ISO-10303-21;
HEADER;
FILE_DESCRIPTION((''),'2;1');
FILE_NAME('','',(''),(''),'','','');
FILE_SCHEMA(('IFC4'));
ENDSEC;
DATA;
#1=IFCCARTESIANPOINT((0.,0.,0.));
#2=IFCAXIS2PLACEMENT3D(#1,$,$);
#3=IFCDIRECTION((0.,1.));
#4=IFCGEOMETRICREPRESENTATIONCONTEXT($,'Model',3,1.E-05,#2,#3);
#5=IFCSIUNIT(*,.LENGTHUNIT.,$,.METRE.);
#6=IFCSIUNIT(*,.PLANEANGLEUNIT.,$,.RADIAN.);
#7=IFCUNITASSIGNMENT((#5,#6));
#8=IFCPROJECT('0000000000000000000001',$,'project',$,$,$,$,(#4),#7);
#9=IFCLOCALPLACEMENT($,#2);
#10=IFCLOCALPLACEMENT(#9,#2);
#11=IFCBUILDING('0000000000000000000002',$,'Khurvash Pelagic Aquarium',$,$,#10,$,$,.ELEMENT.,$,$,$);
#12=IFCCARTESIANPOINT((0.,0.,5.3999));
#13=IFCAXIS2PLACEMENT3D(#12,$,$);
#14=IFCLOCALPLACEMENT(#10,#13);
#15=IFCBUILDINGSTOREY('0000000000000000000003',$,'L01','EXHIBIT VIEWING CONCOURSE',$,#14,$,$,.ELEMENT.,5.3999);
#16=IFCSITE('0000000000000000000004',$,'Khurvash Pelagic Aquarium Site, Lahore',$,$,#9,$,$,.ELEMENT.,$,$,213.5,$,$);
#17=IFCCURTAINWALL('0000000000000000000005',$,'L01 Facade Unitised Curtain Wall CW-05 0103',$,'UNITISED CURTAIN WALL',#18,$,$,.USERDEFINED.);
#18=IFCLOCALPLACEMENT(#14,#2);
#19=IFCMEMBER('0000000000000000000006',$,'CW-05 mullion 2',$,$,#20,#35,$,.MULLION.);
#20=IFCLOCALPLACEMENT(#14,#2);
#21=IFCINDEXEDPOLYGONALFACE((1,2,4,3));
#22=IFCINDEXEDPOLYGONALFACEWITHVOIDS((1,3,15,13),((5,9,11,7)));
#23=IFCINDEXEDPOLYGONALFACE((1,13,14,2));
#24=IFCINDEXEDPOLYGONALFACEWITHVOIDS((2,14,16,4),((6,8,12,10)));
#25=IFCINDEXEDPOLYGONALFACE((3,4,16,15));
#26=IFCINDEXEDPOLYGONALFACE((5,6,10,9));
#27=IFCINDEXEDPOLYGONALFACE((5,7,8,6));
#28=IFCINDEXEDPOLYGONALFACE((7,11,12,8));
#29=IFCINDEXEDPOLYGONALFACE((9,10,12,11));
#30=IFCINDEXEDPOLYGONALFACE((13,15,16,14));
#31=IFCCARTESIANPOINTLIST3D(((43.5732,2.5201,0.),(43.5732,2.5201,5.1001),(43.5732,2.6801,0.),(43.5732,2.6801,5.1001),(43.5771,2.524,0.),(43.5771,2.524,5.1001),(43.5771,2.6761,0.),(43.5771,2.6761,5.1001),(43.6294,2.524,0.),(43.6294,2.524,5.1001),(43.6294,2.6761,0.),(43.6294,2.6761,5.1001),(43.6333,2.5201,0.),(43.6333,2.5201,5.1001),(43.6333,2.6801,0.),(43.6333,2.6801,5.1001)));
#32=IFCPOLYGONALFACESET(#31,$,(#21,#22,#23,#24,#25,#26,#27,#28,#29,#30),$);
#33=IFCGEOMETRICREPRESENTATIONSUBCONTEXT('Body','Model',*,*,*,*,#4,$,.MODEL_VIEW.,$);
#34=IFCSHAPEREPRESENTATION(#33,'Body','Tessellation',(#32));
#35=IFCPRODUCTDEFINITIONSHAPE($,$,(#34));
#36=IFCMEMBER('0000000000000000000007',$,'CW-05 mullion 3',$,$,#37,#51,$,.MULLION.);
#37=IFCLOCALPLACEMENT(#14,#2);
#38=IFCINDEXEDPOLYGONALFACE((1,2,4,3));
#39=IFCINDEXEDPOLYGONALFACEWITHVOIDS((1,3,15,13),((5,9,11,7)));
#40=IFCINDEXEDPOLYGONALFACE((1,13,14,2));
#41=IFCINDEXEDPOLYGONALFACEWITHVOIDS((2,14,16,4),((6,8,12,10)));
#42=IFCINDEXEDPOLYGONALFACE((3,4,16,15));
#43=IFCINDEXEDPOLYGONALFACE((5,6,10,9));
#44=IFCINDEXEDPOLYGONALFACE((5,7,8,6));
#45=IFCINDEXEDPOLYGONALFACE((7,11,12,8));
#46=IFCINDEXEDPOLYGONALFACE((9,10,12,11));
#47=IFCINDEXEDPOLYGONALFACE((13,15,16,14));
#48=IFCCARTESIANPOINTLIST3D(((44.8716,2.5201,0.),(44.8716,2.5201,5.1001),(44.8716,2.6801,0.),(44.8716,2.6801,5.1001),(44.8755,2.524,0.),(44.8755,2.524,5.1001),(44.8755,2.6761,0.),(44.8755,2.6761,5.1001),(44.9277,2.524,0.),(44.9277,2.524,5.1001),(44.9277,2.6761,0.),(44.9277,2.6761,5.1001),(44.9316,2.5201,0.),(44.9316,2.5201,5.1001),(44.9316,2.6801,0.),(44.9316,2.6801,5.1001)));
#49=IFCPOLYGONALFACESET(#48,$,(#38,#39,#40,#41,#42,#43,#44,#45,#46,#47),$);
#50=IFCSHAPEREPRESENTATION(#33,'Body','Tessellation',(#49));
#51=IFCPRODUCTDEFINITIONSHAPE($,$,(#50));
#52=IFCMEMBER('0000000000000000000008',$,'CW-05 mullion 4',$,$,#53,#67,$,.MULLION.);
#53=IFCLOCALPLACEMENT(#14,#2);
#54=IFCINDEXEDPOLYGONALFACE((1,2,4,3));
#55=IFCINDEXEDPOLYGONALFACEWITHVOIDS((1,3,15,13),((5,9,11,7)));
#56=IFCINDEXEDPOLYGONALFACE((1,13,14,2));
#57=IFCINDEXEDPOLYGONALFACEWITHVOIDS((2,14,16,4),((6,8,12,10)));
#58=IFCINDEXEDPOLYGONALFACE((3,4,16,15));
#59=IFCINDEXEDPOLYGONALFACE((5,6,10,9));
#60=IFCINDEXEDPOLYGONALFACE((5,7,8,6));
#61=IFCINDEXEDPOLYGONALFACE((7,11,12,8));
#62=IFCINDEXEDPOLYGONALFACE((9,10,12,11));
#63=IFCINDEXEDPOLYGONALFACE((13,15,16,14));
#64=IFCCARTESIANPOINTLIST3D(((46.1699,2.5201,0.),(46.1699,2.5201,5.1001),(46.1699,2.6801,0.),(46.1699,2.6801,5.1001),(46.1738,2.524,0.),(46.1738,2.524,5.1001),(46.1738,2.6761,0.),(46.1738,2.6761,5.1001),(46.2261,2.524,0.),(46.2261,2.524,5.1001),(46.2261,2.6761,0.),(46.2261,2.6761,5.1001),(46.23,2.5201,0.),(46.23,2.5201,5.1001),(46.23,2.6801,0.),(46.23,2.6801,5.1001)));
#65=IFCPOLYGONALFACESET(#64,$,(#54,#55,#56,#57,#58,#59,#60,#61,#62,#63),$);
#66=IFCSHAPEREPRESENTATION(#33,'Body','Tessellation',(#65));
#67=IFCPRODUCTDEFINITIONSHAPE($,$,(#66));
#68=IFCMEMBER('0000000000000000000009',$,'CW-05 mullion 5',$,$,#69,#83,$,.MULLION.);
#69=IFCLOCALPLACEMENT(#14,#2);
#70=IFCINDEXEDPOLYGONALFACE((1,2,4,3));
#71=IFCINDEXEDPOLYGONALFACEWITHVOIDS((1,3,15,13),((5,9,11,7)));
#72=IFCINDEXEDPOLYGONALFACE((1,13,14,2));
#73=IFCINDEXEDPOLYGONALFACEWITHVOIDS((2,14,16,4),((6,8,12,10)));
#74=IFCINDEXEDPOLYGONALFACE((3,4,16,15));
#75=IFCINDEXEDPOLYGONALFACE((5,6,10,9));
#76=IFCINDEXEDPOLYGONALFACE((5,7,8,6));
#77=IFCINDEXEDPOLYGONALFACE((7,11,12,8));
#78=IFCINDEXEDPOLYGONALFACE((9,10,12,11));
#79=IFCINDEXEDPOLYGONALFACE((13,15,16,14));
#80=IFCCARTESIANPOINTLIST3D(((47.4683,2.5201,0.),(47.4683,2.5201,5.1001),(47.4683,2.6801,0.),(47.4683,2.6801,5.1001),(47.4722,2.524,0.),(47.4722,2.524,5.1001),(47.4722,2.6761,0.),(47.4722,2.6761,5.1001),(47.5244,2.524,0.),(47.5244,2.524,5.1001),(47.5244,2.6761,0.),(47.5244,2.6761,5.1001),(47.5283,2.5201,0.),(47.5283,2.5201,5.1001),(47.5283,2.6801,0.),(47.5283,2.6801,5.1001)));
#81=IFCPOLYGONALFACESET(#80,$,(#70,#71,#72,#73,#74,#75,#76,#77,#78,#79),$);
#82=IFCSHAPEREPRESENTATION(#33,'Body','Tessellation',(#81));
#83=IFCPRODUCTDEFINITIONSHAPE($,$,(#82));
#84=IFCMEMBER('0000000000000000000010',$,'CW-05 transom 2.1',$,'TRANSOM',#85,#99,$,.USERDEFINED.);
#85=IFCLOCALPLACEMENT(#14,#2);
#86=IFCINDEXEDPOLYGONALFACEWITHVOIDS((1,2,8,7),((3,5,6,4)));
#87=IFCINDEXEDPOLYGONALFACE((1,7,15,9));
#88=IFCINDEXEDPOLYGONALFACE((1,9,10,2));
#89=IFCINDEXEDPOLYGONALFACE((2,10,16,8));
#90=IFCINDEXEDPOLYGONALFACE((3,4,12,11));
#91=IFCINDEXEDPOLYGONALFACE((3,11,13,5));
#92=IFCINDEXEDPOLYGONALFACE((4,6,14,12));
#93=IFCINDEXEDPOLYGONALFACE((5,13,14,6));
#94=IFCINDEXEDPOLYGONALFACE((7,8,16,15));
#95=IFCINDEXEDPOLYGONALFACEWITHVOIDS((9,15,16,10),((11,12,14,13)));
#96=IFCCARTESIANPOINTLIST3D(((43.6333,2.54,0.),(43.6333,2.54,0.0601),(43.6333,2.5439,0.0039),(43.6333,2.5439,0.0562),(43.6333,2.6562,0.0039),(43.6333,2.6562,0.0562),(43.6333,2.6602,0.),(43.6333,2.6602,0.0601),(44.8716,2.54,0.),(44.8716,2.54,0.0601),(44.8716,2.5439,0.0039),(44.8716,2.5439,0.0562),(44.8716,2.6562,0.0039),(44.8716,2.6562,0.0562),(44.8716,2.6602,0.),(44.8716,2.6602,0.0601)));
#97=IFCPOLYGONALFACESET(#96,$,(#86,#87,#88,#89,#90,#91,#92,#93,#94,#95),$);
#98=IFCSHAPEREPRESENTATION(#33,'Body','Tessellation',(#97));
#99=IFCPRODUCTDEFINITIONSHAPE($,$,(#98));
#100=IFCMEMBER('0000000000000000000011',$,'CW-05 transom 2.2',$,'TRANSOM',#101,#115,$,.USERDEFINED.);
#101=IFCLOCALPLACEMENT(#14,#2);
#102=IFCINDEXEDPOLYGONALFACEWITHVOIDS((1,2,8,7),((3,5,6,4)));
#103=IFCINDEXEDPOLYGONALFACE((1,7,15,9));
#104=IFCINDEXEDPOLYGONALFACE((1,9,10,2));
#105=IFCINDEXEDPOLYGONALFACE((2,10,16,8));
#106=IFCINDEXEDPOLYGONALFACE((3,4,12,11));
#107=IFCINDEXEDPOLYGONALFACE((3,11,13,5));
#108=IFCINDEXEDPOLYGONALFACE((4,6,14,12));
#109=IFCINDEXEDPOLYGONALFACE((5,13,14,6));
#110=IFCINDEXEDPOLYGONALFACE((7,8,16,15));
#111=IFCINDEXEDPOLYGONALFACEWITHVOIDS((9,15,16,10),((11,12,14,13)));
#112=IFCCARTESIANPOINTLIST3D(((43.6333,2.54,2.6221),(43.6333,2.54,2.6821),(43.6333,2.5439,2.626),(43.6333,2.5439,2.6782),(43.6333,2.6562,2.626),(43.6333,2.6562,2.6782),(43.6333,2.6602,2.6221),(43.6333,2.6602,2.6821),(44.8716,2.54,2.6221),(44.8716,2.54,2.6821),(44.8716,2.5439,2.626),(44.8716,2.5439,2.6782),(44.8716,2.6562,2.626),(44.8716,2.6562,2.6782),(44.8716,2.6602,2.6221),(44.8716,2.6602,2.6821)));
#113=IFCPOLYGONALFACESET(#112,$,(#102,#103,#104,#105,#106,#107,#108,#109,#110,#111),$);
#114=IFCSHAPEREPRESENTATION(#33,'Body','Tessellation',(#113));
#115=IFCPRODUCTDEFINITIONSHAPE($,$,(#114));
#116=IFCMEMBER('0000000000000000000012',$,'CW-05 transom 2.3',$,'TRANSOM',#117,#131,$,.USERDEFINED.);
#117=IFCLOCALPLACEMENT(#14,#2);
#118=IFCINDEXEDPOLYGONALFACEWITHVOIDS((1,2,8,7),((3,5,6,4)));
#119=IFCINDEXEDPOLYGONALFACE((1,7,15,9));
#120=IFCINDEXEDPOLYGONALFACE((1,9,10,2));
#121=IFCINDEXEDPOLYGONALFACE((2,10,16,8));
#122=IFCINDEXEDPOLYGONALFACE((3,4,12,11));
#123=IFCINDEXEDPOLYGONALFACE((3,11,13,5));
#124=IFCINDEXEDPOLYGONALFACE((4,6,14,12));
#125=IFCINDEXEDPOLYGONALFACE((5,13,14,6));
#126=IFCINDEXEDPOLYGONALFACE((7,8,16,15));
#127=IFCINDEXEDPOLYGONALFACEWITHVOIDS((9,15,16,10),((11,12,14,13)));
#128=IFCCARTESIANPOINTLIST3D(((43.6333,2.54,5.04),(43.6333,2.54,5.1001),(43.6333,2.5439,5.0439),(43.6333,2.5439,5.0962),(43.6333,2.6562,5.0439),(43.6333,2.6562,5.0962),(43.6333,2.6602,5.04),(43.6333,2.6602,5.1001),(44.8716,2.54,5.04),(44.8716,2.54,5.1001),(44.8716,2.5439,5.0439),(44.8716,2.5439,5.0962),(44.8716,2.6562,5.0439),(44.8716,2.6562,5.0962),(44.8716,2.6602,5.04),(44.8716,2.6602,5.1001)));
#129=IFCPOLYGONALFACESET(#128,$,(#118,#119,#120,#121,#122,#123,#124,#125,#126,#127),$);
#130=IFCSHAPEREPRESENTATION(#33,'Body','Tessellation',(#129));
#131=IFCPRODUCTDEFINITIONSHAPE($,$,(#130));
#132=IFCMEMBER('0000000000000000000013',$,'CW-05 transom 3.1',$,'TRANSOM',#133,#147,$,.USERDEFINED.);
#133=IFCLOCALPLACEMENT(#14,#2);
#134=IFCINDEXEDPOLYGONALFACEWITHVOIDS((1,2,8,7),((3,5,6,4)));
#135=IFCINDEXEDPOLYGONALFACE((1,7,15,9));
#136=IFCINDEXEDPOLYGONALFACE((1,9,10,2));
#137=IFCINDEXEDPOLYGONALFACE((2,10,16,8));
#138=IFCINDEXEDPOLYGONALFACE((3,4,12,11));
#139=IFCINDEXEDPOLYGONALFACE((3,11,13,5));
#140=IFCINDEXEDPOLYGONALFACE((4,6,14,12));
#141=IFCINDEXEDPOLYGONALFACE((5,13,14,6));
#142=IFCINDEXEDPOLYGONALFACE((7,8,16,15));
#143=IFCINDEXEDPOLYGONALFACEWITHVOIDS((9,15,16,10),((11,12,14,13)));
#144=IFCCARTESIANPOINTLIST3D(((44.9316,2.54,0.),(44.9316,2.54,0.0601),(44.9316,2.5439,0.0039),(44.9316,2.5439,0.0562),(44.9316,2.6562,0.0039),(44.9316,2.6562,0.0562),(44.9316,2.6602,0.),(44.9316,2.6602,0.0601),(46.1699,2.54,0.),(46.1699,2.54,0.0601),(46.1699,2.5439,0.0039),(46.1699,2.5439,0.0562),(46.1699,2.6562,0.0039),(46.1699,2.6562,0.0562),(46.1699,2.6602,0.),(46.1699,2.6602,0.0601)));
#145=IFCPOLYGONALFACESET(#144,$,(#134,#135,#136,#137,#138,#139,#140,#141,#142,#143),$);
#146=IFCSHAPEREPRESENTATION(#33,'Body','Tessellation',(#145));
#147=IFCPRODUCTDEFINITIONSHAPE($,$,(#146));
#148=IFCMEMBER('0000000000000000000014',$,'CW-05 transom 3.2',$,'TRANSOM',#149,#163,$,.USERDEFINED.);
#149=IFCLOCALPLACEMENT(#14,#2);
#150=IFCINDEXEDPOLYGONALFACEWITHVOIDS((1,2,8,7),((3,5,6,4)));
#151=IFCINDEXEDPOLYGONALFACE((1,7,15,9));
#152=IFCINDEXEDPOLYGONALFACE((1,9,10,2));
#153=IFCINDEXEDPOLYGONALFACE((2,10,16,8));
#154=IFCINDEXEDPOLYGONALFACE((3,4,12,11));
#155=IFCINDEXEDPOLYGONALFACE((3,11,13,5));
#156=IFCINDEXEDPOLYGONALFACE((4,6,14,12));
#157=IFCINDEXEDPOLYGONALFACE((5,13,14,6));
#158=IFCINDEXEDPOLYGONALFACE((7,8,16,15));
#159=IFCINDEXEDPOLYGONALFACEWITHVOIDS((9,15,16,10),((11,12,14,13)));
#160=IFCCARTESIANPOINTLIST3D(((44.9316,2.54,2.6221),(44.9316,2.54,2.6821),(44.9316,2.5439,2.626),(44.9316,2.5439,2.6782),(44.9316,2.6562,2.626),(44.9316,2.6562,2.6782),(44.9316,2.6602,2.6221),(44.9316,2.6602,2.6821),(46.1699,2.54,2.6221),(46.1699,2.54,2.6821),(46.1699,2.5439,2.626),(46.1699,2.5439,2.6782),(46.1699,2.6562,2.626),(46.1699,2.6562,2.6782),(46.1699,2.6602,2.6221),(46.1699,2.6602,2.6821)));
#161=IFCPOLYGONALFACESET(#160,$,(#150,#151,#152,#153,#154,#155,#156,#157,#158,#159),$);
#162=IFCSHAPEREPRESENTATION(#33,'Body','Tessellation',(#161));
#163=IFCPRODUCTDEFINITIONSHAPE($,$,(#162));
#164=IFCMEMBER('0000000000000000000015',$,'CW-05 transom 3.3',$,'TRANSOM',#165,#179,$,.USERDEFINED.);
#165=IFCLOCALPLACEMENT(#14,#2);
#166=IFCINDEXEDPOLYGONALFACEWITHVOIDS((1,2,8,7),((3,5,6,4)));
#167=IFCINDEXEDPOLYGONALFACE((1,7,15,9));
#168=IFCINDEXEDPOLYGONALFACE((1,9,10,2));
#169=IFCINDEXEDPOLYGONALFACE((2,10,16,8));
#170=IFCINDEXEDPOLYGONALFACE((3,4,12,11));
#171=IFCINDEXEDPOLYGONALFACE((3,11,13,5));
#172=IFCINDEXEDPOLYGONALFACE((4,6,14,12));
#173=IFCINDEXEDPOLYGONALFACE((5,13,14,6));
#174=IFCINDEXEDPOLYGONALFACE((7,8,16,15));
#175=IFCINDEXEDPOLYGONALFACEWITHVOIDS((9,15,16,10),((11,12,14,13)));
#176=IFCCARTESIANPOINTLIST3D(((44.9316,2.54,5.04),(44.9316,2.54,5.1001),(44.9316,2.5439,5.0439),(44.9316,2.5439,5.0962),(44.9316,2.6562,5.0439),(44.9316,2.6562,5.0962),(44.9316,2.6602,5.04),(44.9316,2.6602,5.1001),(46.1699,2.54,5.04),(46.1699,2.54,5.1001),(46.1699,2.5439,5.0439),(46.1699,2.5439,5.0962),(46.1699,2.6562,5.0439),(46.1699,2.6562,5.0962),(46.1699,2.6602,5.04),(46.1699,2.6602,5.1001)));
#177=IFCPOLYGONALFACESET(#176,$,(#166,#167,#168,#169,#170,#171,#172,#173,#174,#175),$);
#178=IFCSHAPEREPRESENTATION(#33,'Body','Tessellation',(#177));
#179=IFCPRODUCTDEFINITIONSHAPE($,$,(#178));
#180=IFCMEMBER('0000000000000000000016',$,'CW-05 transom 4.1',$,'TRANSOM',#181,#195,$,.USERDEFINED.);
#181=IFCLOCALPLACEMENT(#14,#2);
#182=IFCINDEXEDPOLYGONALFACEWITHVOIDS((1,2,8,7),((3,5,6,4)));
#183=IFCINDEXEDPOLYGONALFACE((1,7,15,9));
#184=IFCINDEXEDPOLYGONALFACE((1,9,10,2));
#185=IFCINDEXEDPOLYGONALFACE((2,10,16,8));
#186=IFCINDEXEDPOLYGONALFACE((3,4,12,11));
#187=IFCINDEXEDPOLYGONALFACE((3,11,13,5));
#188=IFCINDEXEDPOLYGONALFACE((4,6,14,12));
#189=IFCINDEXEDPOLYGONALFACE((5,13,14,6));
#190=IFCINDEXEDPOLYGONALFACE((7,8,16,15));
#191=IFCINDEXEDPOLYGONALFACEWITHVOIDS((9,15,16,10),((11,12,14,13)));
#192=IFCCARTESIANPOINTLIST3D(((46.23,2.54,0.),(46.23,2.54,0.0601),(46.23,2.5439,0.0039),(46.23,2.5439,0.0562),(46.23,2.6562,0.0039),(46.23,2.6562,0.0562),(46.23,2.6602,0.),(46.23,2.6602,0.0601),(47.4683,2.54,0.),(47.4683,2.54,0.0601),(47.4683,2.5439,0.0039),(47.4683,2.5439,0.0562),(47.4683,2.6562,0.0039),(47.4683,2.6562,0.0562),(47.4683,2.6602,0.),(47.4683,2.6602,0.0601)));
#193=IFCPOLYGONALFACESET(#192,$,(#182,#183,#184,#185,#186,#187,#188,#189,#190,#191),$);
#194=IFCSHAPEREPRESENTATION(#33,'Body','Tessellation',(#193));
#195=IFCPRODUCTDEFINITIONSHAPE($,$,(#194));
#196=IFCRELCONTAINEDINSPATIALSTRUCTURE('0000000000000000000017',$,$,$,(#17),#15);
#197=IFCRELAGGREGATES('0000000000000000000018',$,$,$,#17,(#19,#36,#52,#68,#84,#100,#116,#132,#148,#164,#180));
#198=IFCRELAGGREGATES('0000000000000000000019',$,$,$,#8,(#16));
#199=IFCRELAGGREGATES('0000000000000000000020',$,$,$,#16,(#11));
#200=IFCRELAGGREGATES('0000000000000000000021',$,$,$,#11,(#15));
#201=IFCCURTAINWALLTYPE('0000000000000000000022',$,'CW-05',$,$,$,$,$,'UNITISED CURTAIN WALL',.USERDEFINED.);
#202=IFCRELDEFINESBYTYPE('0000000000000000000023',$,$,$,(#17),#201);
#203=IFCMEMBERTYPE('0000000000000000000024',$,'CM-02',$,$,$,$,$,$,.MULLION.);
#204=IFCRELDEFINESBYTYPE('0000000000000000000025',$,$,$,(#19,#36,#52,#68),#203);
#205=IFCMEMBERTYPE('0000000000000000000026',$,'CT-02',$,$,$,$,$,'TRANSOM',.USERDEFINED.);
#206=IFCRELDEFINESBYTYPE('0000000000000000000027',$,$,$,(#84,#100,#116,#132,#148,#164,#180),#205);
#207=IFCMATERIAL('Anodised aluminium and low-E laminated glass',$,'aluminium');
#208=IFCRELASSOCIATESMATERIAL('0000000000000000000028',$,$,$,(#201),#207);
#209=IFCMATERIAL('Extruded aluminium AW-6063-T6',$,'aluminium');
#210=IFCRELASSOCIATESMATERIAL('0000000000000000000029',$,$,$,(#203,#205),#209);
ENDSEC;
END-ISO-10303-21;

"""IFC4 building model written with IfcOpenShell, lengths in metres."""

from ifc_helpers import new_model, si_unit, direction, frame, origin, origin_2d, place, context, subcontext, project, spatial, hollow_rectangle, extrude, material, material_profile, profile_set, type_object, element, aggregate, save


model = new_model("IFC4")

# Units and contexts
model_context = context("Model", 3, precision=1e-05, world=origin(), true_north=direction((0.0, 1.0)))
body_context = subcontext(model_context, "Body", "Model", "MODEL_VIEW")
ifc_project = project(units=[si_unit("LENGTHUNIT", "METRE"), si_unit("PLANEANGLEUNIT", "RADIAN")], contexts=[model_context])

# Site, building, storey
site_placement = place(None, origin())
site = spatial("IfcSite", under=ifc_project, at=site_placement, Name="Khurvash Pelagic Aquarium Site, Lahore", CompositionType="ELEMENT", RefElevation=213.5)
building_placement = place(site_placement, origin())
building = spatial("IfcBuilding", under=site, at=building_placement, Name="Khurvash Pelagic Aquarium", CompositionType="ELEMENT")
storey_placement = place(building_placement, frame((0.0, 0.0, 5.3999)))
storey = spatial("IfcBuildingStorey", under=building, at=storey_placement, Name="L01", Description="EXHIBIT VIEWING CONCOURSE", CompositionType="ELEMENT", Elevation=5.3999)

# Curtain wall, members
ifc_material_1 = material(Name="Anodised aluminium and low-E laminated glass", Category="aluminium")
curtain_wall_type = type_object("IfcCurtainWallType", Name="CW-05", ElementType="UNITISED CURTAIN WALL", PredefinedType="USERDEFINED", material=ifc_material_1)
curtain_wall_placement = place(storey_placement, origin())
curtain_wall = element("IfcCurtainWall", 1, at=curtain_wall_placement, inside=storey, type_object=curtain_wall_type, Name="L01 Facade Unitised Curtain Wall CW-05 0103", ObjectType="UNITISED CURTAIN WALL", PredefinedType="USERDEFINED")
ifc_material_2 = material(Name="Extruded aluminium AW-6063-T6", Category="aluminium")
ifc_material_profile_1 = material_profile(ifc_material_2, hollow_rectangle(XDim=0.0601, YDim=0.1599, WallThickness=0.0039, at=origin_2d()), Name="CWM60X160X4")
ifc_profile_set_1 = profile_set([ifc_material_profile_1], Name="Extruded aluminium AW-6063-T6")
member_type_1 = type_object("IfcMemberType", Name="CM-02", PredefinedType="MULLION", material=ifc_profile_set_1)
member_1_placement = place(storey_placement, frame((43.6033, 2.6001, 0.0), z_axis=(0.0, 0.0, 1.0), x_axis=(1.0, 0.0, 0.0)))
member_1 = element("IfcMember", 2, at=member_1_placement, type_object=member_type_1, Name="CW-05 mullion 2", PredefinedType="MULLION", context=body_context, shape_type="SweptSolid", body=[
    extrude(hollow_rectangle(XDim=0.0601, YDim=0.1599, WallThickness=0.0039, at=origin_2d()), origin(), (0.0, 0.0, 1.0), 5.1001),
])
member_2_placement = place(storey_placement, frame((44.9016, 2.6001, 0.0), z_axis=(0.0, 0.0, 1.0), x_axis=(1.0, 0.0, 0.0)))
member_2 = element("IfcMember", 3, at=member_2_placement, type_object=member_type_1, Name="CW-05 mullion 3", PredefinedType="MULLION", context=body_context, shape_type="SweptSolid", body=[
    extrude(hollow_rectangle(XDim=0.0601, YDim=0.1599, WallThickness=0.0039, at=origin_2d()), origin(), (0.0, 0.0, 1.0), 5.1001),
])
member_3_placement = place(storey_placement, frame((46.2, 2.6001, 0.0), z_axis=(0.0, 0.0, 1.0), x_axis=(1.0, 0.0, 0.0)))
member_3 = element("IfcMember", 4, at=member_3_placement, type_object=member_type_1, Name="CW-05 mullion 4", PredefinedType="MULLION", context=body_context, shape_type="SweptSolid", body=[
    extrude(hollow_rectangle(XDim=0.0601, YDim=0.1599, WallThickness=0.0039, at=origin_2d()), origin(), (0.0, 0.0, 1.0), 5.1001),
])
member_4_placement = place(storey_placement, frame((47.4983, 2.6001, 0.0), z_axis=(0.0, 0.0, 1.0), x_axis=(1.0, 0.0, 0.0)))
member_4 = element("IfcMember", 5, at=member_4_placement, type_object=member_type_1, Name="CW-05 mullion 5", PredefinedType="MULLION", context=body_context, shape_type="SweptSolid", body=[
    extrude(hollow_rectangle(XDim=0.0601, YDim=0.1599, WallThickness=0.0039, at=origin_2d()), origin(), (0.0, 0.0, 1.0), 5.1001),
])
ifc_material_profile_2 = material_profile(ifc_material_2, hollow_rectangle(XDim=0.1201, YDim=0.0601, WallThickness=0.0039, at=origin_2d()), Name="CWT120X60X4")
ifc_profile_set_2 = profile_set([ifc_material_profile_2], Name="Extruded aluminium AW-6063-T6")
member_type_2 = type_object("IfcMemberType", Name="CT-02", ElementType="TRANSOM", PredefinedType="USERDEFINED", material=ifc_profile_set_2)
member_5_placement = place(storey_placement, frame((43.6333, 2.6001, 0.03), z_axis=(1.0, 0.0, 0.0), x_axis=(0.0, 1.0, 0.0)))
member_5 = element("IfcMember", 6, at=member_5_placement, type_object=member_type_2, Name="CW-05 transom 2.1", ObjectType="TRANSOM", PredefinedType="USERDEFINED", context=body_context, shape_type="SweptSolid", body=[
    extrude(hollow_rectangle(XDim=0.1201, YDim=0.0601, WallThickness=0.0039, at=origin_2d()), origin(), (0.0, 0.0, 1.0), 1.2383),
])
member_6_placement = place(storey_placement, frame((43.6333, 2.6001, 2.6521), z_axis=(1.0, 0.0, 0.0), x_axis=(0.0, 1.0, 0.0)))
member_6 = element("IfcMember", 7, at=member_6_placement, type_object=member_type_2, Name="CW-05 transom 2.2", ObjectType="TRANSOM", PredefinedType="USERDEFINED", context=body_context, shape_type="SweptSolid", body=[
    extrude(hollow_rectangle(XDim=0.1201, YDim=0.0601, WallThickness=0.0039, at=origin_2d()), origin(), (0.0, 0.0, 1.0), 1.2383),
])
member_7_placement = place(storey_placement, frame((43.6333, 2.6001, 5.0701), z_axis=(1.0, 0.0, 0.0), x_axis=(0.0, 1.0, 0.0)))
member_7 = element("IfcMember", 8, at=member_7_placement, type_object=member_type_2, Name="CW-05 transom 2.3", ObjectType="TRANSOM", PredefinedType="USERDEFINED", context=body_context, shape_type="SweptSolid", body=[
    extrude(hollow_rectangle(XDim=0.1201, YDim=0.0601, WallThickness=0.0039, at=origin_2d()), origin(), (0.0, 0.0, 1.0), 1.2383),
])
member_8_placement = place(storey_placement, frame((44.9316, 2.6001, 0.03), z_axis=(1.0, 0.0, 0.0), x_axis=(0.0, 1.0, 0.0)))
member_8 = element("IfcMember", 9, at=member_8_placement, type_object=member_type_2, Name="CW-05 transom 3.1", ObjectType="TRANSOM", PredefinedType="USERDEFINED", context=body_context, shape_type="SweptSolid", body=[
    extrude(hollow_rectangle(XDim=0.1201, YDim=0.0601, WallThickness=0.0039, at=origin_2d()), origin(), (0.0, 0.0, 1.0), 1.2383),
])
member_9_placement = place(storey_placement, frame((44.9316, 2.6001, 2.6521), z_axis=(1.0, 0.0, 0.0), x_axis=(0.0, 1.0, 0.0)))
member_9 = element("IfcMember", 10, at=member_9_placement, type_object=member_type_2, Name="CW-05 transom 3.2", ObjectType="TRANSOM", PredefinedType="USERDEFINED", context=body_context, shape_type="SweptSolid", body=[
    extrude(hollow_rectangle(XDim=0.1201, YDim=0.0601, WallThickness=0.0039, at=origin_2d()), origin(), (0.0, 0.0, 1.0), 1.2383),
])
member_10_placement = place(storey_placement, frame((44.9316, 2.6001, 5.0701), z_axis=(1.0, 0.0, 0.0), x_axis=(0.0, 1.0, 0.0)))
member_10 = element("IfcMember", 11, at=member_10_placement, type_object=member_type_2, Name="CW-05 transom 3.3", ObjectType="TRANSOM", PredefinedType="USERDEFINED", context=body_context, shape_type="SweptSolid", body=[
    extrude(hollow_rectangle(XDim=0.1201, YDim=0.0601, WallThickness=0.0039, at=origin_2d()), origin(), (0.0, 0.0, 1.0), 1.2383),
])
member_11_placement = place(storey_placement, frame((46.23, 2.6001, 0.03), z_axis=(1.0, 0.0, 0.0), x_axis=(0.0, 1.0, 0.0)))
member_11 = element("IfcMember", 12, at=member_11_placement, type_object=member_type_2, Name="CW-05 transom 4.1", ObjectType="TRANSOM", PredefinedType="USERDEFINED", context=body_context, shape_type="SweptSolid", body=[
    extrude(hollow_rectangle(XDim=0.1201, YDim=0.0601, WallThickness=0.0039, at=origin_2d()), origin(), (0.0, 0.0, 1.0), 1.2383),
])
aggregate(curtain_wall, [member_1, member_2, member_3, member_4, member_5, member_6, member_7, member_8, member_9, member_10, member_11])

save(model, "model.ifc")
